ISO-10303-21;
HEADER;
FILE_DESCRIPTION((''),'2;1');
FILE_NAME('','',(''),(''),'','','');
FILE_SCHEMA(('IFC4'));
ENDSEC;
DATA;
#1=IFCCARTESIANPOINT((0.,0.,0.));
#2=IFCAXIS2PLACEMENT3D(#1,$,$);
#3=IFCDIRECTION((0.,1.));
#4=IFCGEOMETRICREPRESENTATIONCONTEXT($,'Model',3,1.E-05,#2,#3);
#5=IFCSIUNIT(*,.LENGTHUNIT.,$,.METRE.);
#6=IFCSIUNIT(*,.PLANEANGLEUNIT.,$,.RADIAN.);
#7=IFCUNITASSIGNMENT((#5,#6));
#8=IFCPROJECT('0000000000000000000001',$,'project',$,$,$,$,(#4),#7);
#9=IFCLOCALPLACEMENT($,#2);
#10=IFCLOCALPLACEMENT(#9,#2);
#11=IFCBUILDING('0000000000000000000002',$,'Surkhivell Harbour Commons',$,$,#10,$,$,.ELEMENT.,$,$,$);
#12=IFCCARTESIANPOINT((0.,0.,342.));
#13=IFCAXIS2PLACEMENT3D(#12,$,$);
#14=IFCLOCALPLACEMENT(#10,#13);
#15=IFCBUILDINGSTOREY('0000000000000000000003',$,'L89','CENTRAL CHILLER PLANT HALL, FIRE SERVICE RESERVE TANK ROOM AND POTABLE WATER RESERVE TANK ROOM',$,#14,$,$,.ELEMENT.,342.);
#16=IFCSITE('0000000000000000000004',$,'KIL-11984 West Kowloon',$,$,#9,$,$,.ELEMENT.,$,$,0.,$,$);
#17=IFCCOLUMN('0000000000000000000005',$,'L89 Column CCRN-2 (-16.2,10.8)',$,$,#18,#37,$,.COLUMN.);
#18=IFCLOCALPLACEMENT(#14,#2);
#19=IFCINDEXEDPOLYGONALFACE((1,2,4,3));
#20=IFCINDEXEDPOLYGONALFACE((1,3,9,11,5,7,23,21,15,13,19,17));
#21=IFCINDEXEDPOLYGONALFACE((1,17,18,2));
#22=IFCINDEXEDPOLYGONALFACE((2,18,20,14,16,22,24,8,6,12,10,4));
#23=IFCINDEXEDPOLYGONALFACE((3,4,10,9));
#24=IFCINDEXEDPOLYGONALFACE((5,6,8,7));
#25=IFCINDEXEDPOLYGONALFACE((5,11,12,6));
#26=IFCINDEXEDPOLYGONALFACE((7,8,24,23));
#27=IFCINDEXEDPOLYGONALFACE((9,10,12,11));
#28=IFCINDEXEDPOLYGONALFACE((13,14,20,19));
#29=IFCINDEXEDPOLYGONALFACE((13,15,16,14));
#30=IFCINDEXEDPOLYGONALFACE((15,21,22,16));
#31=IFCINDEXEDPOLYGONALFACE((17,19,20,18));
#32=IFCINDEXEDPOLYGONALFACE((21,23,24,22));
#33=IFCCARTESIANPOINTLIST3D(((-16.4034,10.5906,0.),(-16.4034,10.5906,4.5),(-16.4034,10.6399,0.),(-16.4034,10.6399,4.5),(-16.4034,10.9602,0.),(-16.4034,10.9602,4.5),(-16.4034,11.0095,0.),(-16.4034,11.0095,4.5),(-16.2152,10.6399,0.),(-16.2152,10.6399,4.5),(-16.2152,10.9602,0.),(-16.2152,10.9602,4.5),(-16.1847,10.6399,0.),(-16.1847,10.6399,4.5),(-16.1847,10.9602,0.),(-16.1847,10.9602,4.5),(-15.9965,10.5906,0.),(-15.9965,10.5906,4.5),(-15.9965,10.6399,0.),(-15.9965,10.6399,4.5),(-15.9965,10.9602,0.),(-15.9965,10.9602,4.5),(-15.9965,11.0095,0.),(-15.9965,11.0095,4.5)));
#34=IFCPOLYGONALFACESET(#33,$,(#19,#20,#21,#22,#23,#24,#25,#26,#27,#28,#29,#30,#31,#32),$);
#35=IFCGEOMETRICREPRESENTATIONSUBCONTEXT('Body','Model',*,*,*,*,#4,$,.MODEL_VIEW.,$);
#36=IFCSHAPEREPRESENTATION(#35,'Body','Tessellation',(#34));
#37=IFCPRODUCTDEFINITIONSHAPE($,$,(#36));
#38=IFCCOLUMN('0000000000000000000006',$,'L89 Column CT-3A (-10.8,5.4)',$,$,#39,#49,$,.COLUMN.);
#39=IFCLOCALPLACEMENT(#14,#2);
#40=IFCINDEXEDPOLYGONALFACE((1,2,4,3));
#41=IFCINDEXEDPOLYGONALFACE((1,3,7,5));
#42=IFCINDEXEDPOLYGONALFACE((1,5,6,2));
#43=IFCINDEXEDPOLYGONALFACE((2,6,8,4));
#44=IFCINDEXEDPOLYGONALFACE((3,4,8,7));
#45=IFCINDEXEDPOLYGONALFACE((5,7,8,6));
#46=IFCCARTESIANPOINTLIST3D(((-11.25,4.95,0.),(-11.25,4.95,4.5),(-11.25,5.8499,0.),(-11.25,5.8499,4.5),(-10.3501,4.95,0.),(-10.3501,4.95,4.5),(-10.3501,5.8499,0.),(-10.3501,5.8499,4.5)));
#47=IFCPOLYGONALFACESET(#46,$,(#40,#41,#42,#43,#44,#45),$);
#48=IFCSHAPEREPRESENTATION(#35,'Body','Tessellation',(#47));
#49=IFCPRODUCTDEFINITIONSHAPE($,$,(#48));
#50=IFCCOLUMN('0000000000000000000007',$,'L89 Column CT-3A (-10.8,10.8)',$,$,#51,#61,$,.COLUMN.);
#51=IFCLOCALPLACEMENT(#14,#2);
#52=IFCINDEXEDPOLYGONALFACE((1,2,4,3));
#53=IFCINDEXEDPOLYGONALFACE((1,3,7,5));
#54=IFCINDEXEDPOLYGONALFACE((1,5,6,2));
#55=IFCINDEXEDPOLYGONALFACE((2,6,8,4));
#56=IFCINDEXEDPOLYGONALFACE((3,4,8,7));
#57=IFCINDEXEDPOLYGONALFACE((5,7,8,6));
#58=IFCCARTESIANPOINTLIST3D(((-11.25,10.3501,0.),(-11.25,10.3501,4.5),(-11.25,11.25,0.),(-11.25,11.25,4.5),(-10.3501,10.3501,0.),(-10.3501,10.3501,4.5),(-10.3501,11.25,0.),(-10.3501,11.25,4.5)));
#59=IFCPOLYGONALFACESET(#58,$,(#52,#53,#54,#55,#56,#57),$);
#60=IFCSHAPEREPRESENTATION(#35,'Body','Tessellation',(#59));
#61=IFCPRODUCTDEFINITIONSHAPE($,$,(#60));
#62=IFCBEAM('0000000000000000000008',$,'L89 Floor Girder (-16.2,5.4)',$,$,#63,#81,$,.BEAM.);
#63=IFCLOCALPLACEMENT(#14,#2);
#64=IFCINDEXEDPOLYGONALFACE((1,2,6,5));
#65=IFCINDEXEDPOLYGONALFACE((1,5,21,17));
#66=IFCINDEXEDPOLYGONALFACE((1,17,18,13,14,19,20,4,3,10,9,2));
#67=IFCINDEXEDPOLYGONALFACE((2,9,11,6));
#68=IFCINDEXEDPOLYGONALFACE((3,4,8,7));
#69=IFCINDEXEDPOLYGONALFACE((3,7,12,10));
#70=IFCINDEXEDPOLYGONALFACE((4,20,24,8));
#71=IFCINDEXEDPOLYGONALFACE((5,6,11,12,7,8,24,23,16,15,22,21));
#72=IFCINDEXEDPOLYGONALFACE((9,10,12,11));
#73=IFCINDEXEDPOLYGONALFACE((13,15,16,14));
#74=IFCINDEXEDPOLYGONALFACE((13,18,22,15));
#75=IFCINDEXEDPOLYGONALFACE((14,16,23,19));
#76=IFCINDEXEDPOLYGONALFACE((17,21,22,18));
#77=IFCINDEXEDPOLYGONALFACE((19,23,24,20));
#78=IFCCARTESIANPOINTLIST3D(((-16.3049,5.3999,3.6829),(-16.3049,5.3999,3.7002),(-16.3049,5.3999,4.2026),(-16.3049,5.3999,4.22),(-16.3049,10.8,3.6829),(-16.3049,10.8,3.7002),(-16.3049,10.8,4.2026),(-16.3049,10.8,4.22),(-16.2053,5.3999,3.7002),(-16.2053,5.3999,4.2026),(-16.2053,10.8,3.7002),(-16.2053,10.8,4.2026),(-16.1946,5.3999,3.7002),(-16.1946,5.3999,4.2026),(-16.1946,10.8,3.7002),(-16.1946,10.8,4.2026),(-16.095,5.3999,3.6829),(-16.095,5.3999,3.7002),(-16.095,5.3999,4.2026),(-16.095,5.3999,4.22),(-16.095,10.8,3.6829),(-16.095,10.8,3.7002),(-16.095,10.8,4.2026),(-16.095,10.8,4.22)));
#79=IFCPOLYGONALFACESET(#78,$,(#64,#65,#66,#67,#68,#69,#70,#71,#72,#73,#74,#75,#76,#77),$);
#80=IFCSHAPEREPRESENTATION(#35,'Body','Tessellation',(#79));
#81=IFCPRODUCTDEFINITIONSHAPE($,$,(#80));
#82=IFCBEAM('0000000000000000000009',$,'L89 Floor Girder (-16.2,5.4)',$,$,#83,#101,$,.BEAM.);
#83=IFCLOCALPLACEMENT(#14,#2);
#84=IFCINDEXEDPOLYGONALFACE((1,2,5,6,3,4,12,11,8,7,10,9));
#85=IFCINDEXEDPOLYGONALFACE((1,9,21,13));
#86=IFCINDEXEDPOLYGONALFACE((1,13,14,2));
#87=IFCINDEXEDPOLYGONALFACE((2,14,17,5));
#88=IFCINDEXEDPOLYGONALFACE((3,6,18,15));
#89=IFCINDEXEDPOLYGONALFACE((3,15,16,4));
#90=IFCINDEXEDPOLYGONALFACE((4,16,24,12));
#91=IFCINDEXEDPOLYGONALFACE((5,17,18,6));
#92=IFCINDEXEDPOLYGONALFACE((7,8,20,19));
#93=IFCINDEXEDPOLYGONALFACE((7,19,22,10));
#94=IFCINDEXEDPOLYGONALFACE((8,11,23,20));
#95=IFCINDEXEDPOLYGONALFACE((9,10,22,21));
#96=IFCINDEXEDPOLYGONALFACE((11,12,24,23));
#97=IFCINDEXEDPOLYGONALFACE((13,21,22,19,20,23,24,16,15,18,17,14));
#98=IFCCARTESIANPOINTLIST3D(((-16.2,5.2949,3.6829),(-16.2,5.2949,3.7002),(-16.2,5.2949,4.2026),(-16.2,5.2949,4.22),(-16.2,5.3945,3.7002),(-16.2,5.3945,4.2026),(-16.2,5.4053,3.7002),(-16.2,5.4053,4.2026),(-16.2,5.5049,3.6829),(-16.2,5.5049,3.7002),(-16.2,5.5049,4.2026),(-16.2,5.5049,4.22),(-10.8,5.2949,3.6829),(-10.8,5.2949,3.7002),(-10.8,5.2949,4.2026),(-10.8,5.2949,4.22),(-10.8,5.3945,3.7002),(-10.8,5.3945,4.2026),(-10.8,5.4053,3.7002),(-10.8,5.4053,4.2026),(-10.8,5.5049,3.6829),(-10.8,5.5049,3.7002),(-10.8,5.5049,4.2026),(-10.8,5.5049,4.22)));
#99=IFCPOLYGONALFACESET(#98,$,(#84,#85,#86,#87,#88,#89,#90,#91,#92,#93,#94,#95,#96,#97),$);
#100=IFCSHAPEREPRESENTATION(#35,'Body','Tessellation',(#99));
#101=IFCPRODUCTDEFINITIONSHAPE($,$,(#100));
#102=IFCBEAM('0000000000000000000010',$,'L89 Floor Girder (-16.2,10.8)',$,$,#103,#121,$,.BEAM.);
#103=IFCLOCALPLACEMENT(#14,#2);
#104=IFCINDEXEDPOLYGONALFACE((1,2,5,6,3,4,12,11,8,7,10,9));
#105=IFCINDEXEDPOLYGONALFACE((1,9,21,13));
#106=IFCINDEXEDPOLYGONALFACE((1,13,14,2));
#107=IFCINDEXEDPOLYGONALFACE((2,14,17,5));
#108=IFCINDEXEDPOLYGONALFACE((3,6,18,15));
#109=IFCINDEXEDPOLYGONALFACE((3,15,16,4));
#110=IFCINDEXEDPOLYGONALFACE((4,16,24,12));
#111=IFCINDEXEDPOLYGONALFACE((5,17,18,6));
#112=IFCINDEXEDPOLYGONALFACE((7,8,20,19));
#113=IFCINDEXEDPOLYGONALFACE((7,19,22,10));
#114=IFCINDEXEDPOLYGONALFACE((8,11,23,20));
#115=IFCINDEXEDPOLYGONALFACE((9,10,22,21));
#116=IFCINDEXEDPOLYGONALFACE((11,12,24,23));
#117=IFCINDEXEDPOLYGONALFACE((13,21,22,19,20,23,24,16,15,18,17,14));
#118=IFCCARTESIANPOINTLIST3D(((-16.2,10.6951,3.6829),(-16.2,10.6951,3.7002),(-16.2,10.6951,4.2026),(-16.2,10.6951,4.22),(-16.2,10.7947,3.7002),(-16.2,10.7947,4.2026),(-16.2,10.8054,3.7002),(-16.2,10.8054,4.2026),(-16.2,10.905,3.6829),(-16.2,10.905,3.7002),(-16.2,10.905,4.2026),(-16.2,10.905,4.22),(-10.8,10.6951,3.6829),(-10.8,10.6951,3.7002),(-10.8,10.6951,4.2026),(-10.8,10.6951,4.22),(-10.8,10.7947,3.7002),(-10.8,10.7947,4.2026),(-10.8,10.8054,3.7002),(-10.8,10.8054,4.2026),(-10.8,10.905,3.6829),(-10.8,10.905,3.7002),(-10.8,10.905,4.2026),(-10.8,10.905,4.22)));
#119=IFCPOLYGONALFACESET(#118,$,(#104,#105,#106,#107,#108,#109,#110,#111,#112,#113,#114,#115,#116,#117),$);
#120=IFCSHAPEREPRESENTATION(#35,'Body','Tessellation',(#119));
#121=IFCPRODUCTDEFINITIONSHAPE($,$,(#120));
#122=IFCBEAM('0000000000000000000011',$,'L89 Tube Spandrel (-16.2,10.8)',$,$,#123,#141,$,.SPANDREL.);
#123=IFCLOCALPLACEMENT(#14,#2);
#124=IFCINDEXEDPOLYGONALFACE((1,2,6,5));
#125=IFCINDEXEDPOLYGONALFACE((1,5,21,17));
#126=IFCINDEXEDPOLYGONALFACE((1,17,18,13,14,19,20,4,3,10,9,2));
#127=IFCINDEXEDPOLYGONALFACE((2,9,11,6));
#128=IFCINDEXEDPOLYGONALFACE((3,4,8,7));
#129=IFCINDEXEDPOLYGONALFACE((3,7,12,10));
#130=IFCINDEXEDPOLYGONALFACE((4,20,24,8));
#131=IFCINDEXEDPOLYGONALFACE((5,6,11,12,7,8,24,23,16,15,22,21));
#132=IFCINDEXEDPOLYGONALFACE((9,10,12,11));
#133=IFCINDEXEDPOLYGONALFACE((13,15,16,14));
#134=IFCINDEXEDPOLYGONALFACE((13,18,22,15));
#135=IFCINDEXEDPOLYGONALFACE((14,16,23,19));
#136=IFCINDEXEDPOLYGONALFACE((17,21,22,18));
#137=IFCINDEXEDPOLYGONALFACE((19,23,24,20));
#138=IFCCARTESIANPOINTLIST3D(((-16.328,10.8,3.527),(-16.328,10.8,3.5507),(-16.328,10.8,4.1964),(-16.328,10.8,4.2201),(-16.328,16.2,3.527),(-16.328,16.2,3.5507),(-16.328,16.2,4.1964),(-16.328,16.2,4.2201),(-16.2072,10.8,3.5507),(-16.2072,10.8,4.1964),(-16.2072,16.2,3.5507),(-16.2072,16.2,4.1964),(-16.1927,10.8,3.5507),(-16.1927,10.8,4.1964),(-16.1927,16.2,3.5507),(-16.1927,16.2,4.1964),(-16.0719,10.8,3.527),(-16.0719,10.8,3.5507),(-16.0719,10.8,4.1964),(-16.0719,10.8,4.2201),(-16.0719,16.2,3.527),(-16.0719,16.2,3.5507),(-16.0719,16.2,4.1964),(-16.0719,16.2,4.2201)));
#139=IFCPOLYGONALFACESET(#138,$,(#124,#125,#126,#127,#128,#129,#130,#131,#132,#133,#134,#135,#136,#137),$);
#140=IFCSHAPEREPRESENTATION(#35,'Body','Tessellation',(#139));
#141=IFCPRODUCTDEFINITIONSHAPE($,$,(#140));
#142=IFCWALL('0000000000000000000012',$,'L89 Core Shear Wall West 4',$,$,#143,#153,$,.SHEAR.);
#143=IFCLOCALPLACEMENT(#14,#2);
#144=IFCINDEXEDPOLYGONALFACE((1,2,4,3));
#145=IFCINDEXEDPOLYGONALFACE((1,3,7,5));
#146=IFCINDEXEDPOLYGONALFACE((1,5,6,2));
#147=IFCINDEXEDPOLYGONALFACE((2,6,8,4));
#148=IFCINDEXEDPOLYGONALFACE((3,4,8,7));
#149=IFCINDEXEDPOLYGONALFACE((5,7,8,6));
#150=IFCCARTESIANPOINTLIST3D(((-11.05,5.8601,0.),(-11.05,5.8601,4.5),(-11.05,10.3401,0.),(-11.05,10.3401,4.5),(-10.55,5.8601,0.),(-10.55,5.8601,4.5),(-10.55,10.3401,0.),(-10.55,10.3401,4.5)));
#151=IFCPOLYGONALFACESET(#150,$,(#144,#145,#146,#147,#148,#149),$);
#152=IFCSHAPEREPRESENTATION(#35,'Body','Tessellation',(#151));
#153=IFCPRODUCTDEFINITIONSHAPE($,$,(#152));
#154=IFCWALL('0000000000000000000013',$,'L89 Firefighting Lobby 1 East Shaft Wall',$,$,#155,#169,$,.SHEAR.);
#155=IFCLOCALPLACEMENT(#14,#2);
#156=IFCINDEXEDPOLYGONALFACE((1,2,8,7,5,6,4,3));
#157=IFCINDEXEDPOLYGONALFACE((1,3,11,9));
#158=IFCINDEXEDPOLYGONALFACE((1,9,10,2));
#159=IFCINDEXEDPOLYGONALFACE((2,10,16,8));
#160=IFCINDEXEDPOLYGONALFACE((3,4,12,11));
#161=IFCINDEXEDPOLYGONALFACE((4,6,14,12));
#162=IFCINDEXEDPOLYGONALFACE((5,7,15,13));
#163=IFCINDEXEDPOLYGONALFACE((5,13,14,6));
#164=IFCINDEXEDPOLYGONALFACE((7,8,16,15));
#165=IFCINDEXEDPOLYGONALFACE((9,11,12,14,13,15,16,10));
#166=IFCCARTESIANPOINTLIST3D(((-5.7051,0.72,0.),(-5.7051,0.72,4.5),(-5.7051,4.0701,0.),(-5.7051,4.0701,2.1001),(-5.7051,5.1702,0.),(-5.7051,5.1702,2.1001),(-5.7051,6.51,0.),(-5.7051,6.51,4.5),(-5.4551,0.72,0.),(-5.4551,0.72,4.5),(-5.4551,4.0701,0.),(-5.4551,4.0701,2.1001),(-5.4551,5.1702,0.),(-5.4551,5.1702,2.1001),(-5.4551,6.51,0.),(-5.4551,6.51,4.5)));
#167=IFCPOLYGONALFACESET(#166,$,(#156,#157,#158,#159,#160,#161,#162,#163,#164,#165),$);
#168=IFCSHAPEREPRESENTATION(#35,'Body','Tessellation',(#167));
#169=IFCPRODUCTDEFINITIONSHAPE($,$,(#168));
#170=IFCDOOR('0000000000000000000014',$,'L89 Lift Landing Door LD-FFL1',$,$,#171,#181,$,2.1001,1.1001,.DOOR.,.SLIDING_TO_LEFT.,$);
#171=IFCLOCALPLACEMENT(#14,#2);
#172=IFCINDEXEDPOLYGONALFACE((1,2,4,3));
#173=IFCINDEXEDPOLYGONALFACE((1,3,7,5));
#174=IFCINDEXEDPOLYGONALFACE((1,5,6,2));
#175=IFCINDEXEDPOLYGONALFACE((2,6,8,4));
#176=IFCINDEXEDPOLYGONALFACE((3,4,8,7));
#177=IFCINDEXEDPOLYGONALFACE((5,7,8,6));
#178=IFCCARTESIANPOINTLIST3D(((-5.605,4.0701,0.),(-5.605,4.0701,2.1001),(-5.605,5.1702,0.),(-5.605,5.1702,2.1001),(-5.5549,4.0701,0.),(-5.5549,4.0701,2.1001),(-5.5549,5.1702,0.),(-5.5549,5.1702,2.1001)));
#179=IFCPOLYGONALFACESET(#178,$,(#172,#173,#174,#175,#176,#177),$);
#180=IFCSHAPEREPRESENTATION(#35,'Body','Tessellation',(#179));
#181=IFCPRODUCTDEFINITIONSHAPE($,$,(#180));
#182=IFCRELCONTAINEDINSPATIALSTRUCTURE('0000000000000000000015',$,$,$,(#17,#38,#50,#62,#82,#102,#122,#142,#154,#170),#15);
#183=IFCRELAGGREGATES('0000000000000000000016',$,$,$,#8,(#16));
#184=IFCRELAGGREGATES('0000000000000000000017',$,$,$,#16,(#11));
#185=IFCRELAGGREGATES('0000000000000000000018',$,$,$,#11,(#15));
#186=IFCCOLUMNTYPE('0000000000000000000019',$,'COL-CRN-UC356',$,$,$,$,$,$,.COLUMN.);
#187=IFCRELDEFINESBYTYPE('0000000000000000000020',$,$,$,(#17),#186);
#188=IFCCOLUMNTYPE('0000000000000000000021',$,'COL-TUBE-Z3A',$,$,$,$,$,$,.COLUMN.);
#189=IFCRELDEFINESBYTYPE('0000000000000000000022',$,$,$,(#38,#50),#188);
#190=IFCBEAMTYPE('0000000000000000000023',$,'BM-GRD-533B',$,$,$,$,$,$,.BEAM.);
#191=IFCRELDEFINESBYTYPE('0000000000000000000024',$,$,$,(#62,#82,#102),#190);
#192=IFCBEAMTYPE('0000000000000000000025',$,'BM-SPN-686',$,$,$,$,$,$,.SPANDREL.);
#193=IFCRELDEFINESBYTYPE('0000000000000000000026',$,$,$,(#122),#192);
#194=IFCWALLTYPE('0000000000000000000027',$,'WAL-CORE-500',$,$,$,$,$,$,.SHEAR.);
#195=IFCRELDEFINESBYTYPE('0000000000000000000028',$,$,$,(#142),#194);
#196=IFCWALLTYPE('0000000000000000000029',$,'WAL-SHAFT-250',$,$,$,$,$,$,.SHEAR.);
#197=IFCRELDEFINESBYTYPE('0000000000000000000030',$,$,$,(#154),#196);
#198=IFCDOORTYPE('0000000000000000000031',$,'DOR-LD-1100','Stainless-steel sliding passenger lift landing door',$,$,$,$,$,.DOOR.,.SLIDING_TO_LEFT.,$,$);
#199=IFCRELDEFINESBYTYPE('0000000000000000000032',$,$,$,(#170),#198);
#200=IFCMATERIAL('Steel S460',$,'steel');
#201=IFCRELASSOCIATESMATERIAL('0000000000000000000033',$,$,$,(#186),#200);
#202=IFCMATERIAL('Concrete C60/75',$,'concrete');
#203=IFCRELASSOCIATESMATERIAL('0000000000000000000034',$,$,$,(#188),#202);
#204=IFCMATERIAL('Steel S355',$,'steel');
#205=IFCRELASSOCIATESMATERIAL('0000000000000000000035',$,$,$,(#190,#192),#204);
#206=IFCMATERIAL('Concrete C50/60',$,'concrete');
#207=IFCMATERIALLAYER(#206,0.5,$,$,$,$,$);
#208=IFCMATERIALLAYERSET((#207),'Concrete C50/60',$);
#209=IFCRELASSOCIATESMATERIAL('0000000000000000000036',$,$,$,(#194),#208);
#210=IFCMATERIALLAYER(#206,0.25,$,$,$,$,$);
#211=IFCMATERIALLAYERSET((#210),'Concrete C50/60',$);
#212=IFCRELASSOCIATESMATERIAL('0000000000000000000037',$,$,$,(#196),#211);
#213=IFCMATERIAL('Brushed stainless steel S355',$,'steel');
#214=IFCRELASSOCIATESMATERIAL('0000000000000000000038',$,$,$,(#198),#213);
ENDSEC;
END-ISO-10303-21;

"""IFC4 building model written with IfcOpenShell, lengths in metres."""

from ifc_helpers import new_model, si_unit, direction, frame, frame_2d, origin, origin_2d, place, context, subcontext, project, spatial, rectangle, i_section, extrude, material, layer, layer_set, material_profile, profile_set, type_object, element, fill, save


model = new_model("IFC4")

# Units and contexts
model_context = context("Model", 3, precision=1e-05, world=origin(), true_north=direction((0.0, 1.0)))
body_context = subcontext(model_context, "Body", "Model", "MODEL_VIEW")
ifc_project = project(units=[si_unit("LENGTHUNIT", "METRE"), si_unit("PLANEANGLEUNIT", "RADIAN")], contexts=[model_context])

# Site, building, storey
site_placement = place(None, origin())
site = spatial("IfcSite", under=ifc_project, at=site_placement, Name="KIL-11984 West Kowloon", CompositionType="ELEMENT", RefElevation=0.0)
building_placement = place(site_placement, origin())
building = spatial("IfcBuilding", under=site, at=building_placement, Name="Surkhivell Harbour Commons", CompositionType="ELEMENT")
storey_placement = place(building_placement, frame((0.0, 0.0, 342.0)))
storey = spatial("IfcBuildingStorey", under=building, at=storey_placement, Name="L89", Description="CENTRAL CHILLER PLANT HALL, FIRE SERVICE RESERVE TANK ROOM AND POTABLE WATER RESERVE TANK ROOM", CompositionType="ELEMENT", Elevation=342.0)

# Columns
ifc_material_1 = material(Name="Steel S460", Category="steel")
ifc_material_profile_1 = material_profile(ifc_material_1, i_section(OverallWidth=0.407, OverallDepth=0.4189, WebThickness=0.0305, FlangeThickness=0.0493, at=origin_2d()), Name="UC356x406x393")
ifc_profile_set_1 = profile_set([ifc_material_profile_1], Name="Steel S460")
column_type_1 = type_object("IfcColumnType", Name="COL-CRN-UC356", PredefinedType="COLUMN", material=ifc_profile_set_1)
column_placement = place(storey_placement, frame((-16.2, 10.8, 0.0), z_axis=(0.0, 0.0, 1.0), x_axis=(1.0, 0.0, 0.0)))
element("IfcColumn", 1, at=column_placement, inside=storey, type_object=column_type_1, Name="L89 Column CCRN-2 (-16.2,10.8)", PredefinedType="COLUMN", context=body_context, shape_type="SweptSolid", body=[
    extrude(i_section(OverallWidth=0.407, OverallDepth=0.4189, WebThickness=0.0305, FlangeThickness=0.0493, at=origin_2d()), origin(), (0.0, 0.0, 1.0), 4.5),
])
ifc_material_2 = material(Name="Concrete C60/75", Category="concrete")
ifc_material_profile_2 = material_profile(ifc_material_2, rectangle(XDim=0.8999, YDim=0.8999, at=origin_2d()), Name="RC-COL-900x900")
ifc_profile_set_2 = profile_set([ifc_material_profile_2], Name="Concrete C60/75")
column_type_2 = type_object("IfcColumnType", Name="COL-TUBE-Z3A", PredefinedType="COLUMN", material=ifc_profile_set_2)
for number, where, z_axis, x_axis, name in (
    (2, (-10.8, 5.3999, 0.0), (0.0, 0.0, 1.0), (1.0, 0.0, 0.0), "L89 Column CT-3A (-10.8,5.4)"),
    (3, (-10.8, 10.8, 0.0), (0.0, 0.0, 1.0), (1.0, 0.0, 0.0), "L89 Column CT-3A (-10.8,10.8)"),
):
    element("IfcColumn", number, at=place(storey_placement, frame(where, z_axis=z_axis, x_axis=x_axis)), inside=storey, type_object=column_type_2, Name=name, PredefinedType="COLUMN", context=body_context, shape_type="SweptSolid", body=[
        extrude(rectangle(XDim=0.8999, YDim=0.8999, at=origin_2d()), origin(), (0.0, 0.0, 1.0), 4.5),
    ])

# Beams
ifc_material_3 = material(Name="Steel S355", Category="steel")
ifc_material_profile_3 = material_profile(ifc_material_3, i_section(OverallWidth=0.21, OverallDepth=0.5371, WebThickness=0.0107, FlangeThickness=0.0173, at=origin_2d()), Name="UB533x210x101")
ifc_profile_set_3 = profile_set([ifc_material_profile_3], Name="Steel S355")
beam_type_1 = type_object("IfcBeamType", Name="BM-GRD-533B", PredefinedType="BEAM", material=ifc_profile_set_3)
beam_1_placement = place(storey_placement, frame((-16.2, 5.3999, 3.9514), z_axis=(0.0, 1.0, 0.0), x_axis=(-1.0, 0.0, 0.0)))
element("IfcBeam", 4, at=beam_1_placement, inside=storey, type_object=beam_type_1, Name="L89 Floor Girder (-16.2,5.4)", PredefinedType="BEAM", context=body_context, shape_type="SweptSolid", body=[
    extrude(i_section(OverallWidth=0.21, OverallDepth=0.5371, WebThickness=0.0107, FlangeThickness=0.0173, at=origin_2d()), origin(), (0.0, 0.0, 1.0), 5.4001),
])
for number, where, z_axis, x_axis, name in (
    (5, (-16.2, 5.3999, 3.9514), (1.0, 0.0, 0.0), (0.0, 1.0, 0.0), "L89 Floor Girder (-16.2,5.4)"),
    (6, (-16.2, 10.8, 3.9514), (1.0, 0.0, 0.0), (0.0, 1.0, 0.0), "L89 Floor Girder (-16.2,10.8)"),
):
    element("IfcBeam", number, at=place(storey_placement, frame(where, z_axis=z_axis, x_axis=x_axis)), inside=storey, type_object=beam_type_1, Name=name, PredefinedType="BEAM", context=body_context, shape_type="SweptSolid", body=[
        extrude(i_section(OverallWidth=0.21, OverallDepth=0.5371, WebThickness=0.0107, FlangeThickness=0.0173, at=origin_2d()), origin(), (0.0, 0.0, 1.0), 5.3999),
    ])
ifc_material_profile_4 = material_profile(ifc_material_3, i_section(OverallWidth=0.2561, OverallDepth=0.6931, WebThickness=0.0144, FlangeThickness=0.0237, at=origin_2d()), Name="UB686x254x170")
ifc_profile_set_4 = profile_set([ifc_material_profile_4], Name="Steel S355")
beam_type_2 = type_object("IfcBeamType", Name="BM-SPN-686", PredefinedType="SPANDREL", material=ifc_profile_set_4)
beam_2_placement = place(storey_placement, frame((-16.2, 10.8, 3.8735), z_axis=(0.0, 1.0, 0.0), x_axis=(-1.0, 0.0, 0.0)))
element("IfcBeam", 7, at=beam_2_placement, inside=storey, type_object=beam_type_2, Name="L89 Tube Spandrel (-16.2,10.8)", PredefinedType="SPANDREL", context=body_context, shape_type="SweptSolid", body=[
    extrude(i_section(OverallWidth=0.2561, OverallDepth=0.6931, WebThickness=0.0144, FlangeThickness=0.0237, at=origin_2d()), origin(), (0.0, 0.0, 1.0), 5.3999),
])

# Wall
ifc_material_4 = material(Name="Concrete C50/60", Category="concrete")
ifc_layer_1 = layer(ifc_material_4, 0.5)
ifc_layer_set_1 = layer_set([ifc_layer_1], Name="Concrete C50/60")
wall_type_1 = type_object("IfcWallType", Name="WAL-CORE-500", PredefinedType="SHEAR", material=ifc_layer_set_1)
wall_1_placement = place(storey_placement, frame((-10.8, 5.8601, 0.0), z_axis=(0.0, 0.0, 1.0), x_axis=(0.0, 1.0, 0.0)))
element("IfcWall", 8, at=wall_1_placement, inside=storey, type_object=wall_type_1, Name="L89 Core Shear Wall West 4", PredefinedType="SHEAR", context=body_context, shape_type="SweptSolid", body=[
    extrude(rectangle(XDim=4.48, YDim=0.5, at=frame_2d((2.24, 0.0))), origin(), (0.0, 0.0, 1.0), 4.5),
])

# Wall, opening, door
ifc_layer_2 = layer(ifc_material_4, 0.25)
ifc_layer_set_2 = layer_set([ifc_layer_2], Name="Concrete C50/60")
wall_type_2 = type_object("IfcWallType", Name="WAL-SHAFT-250", PredefinedType="SHEAR", material=ifc_layer_set_2)
wall_2_placement = place(storey_placement, frame((-5.5801, 0.72, 0.0), z_axis=(0.0, 0.0, 1.0), x_axis=(0.0, 1.0, 0.0)))
wall_2 = element("IfcWall", 9, at=wall_2_placement, inside=storey, type_object=wall_type_2, Name="L89 Firefighting Lobby 1 East Shaft Wall", PredefinedType="SHEAR", context=body_context, shape_type="SweptSolid", body=[
    extrude(rectangle(XDim=5.79, YDim=0.25, at=frame_2d((2.895, 0.0))), origin(), (0.0, 0.0, 1.0), 4.5),
])
opening_1_placement = place(wall_2_placement, frame((3.3501, 0.0, 0.0)))
opening_1 = element("IfcOpeningElement", 10, at=opening_1_placement, cuts=wall_2, PredefinedType="OPENING", context=body_context, shape_type="SweptSolid", body=[
    extrude(rectangle(XDim=1.1001, YDim=2.1001, at=frame_2d((0.55, 1.05))), frame((0.0, 0.135, 0.0), z_axis=(0.0, -1.0, 0.0), x_axis=(1.0, 0.0, 0.0)), (0.0, 0.0, 1.0), 0.27),
])
ifc_material_5 = material(Name="Brushed stainless steel S355", Category="steel")
door_type_1 = type_object("IfcDoorType", Name="DOR-LD-1100", Description="Stainless-steel sliding passenger lift landing door", OperationType="SLIDING_TO_LEFT", PredefinedType="DOOR", material=ifc_material_5)
door_1_placement = place(opening_1_placement, origin())
door_1 = element("IfcDoor", 11, at=door_1_placement, inside=storey, type_object=door_type_1, Name="L89 Lift Landing Door LD-FFL1", OperationType="SLIDING_TO_LEFT", OverallHeight=2.1001, OverallWidth=1.1001, PredefinedType="DOOR", context=body_context, shape_type="SweptSolid", body=[
    extrude(rectangle(XDim=1.1001, YDim=2.1001, at=frame_2d((0.55, 1.05))), frame((0.0, 0.0249, 0.0), z_axis=(0.0, -1.0, 0.0), x_axis=(1.0, 0.0, 0.0)), (0.0, 0.0, 1.0), 0.05),
])
fill(opening_1, door_1)

save(model, "model.ifc")
